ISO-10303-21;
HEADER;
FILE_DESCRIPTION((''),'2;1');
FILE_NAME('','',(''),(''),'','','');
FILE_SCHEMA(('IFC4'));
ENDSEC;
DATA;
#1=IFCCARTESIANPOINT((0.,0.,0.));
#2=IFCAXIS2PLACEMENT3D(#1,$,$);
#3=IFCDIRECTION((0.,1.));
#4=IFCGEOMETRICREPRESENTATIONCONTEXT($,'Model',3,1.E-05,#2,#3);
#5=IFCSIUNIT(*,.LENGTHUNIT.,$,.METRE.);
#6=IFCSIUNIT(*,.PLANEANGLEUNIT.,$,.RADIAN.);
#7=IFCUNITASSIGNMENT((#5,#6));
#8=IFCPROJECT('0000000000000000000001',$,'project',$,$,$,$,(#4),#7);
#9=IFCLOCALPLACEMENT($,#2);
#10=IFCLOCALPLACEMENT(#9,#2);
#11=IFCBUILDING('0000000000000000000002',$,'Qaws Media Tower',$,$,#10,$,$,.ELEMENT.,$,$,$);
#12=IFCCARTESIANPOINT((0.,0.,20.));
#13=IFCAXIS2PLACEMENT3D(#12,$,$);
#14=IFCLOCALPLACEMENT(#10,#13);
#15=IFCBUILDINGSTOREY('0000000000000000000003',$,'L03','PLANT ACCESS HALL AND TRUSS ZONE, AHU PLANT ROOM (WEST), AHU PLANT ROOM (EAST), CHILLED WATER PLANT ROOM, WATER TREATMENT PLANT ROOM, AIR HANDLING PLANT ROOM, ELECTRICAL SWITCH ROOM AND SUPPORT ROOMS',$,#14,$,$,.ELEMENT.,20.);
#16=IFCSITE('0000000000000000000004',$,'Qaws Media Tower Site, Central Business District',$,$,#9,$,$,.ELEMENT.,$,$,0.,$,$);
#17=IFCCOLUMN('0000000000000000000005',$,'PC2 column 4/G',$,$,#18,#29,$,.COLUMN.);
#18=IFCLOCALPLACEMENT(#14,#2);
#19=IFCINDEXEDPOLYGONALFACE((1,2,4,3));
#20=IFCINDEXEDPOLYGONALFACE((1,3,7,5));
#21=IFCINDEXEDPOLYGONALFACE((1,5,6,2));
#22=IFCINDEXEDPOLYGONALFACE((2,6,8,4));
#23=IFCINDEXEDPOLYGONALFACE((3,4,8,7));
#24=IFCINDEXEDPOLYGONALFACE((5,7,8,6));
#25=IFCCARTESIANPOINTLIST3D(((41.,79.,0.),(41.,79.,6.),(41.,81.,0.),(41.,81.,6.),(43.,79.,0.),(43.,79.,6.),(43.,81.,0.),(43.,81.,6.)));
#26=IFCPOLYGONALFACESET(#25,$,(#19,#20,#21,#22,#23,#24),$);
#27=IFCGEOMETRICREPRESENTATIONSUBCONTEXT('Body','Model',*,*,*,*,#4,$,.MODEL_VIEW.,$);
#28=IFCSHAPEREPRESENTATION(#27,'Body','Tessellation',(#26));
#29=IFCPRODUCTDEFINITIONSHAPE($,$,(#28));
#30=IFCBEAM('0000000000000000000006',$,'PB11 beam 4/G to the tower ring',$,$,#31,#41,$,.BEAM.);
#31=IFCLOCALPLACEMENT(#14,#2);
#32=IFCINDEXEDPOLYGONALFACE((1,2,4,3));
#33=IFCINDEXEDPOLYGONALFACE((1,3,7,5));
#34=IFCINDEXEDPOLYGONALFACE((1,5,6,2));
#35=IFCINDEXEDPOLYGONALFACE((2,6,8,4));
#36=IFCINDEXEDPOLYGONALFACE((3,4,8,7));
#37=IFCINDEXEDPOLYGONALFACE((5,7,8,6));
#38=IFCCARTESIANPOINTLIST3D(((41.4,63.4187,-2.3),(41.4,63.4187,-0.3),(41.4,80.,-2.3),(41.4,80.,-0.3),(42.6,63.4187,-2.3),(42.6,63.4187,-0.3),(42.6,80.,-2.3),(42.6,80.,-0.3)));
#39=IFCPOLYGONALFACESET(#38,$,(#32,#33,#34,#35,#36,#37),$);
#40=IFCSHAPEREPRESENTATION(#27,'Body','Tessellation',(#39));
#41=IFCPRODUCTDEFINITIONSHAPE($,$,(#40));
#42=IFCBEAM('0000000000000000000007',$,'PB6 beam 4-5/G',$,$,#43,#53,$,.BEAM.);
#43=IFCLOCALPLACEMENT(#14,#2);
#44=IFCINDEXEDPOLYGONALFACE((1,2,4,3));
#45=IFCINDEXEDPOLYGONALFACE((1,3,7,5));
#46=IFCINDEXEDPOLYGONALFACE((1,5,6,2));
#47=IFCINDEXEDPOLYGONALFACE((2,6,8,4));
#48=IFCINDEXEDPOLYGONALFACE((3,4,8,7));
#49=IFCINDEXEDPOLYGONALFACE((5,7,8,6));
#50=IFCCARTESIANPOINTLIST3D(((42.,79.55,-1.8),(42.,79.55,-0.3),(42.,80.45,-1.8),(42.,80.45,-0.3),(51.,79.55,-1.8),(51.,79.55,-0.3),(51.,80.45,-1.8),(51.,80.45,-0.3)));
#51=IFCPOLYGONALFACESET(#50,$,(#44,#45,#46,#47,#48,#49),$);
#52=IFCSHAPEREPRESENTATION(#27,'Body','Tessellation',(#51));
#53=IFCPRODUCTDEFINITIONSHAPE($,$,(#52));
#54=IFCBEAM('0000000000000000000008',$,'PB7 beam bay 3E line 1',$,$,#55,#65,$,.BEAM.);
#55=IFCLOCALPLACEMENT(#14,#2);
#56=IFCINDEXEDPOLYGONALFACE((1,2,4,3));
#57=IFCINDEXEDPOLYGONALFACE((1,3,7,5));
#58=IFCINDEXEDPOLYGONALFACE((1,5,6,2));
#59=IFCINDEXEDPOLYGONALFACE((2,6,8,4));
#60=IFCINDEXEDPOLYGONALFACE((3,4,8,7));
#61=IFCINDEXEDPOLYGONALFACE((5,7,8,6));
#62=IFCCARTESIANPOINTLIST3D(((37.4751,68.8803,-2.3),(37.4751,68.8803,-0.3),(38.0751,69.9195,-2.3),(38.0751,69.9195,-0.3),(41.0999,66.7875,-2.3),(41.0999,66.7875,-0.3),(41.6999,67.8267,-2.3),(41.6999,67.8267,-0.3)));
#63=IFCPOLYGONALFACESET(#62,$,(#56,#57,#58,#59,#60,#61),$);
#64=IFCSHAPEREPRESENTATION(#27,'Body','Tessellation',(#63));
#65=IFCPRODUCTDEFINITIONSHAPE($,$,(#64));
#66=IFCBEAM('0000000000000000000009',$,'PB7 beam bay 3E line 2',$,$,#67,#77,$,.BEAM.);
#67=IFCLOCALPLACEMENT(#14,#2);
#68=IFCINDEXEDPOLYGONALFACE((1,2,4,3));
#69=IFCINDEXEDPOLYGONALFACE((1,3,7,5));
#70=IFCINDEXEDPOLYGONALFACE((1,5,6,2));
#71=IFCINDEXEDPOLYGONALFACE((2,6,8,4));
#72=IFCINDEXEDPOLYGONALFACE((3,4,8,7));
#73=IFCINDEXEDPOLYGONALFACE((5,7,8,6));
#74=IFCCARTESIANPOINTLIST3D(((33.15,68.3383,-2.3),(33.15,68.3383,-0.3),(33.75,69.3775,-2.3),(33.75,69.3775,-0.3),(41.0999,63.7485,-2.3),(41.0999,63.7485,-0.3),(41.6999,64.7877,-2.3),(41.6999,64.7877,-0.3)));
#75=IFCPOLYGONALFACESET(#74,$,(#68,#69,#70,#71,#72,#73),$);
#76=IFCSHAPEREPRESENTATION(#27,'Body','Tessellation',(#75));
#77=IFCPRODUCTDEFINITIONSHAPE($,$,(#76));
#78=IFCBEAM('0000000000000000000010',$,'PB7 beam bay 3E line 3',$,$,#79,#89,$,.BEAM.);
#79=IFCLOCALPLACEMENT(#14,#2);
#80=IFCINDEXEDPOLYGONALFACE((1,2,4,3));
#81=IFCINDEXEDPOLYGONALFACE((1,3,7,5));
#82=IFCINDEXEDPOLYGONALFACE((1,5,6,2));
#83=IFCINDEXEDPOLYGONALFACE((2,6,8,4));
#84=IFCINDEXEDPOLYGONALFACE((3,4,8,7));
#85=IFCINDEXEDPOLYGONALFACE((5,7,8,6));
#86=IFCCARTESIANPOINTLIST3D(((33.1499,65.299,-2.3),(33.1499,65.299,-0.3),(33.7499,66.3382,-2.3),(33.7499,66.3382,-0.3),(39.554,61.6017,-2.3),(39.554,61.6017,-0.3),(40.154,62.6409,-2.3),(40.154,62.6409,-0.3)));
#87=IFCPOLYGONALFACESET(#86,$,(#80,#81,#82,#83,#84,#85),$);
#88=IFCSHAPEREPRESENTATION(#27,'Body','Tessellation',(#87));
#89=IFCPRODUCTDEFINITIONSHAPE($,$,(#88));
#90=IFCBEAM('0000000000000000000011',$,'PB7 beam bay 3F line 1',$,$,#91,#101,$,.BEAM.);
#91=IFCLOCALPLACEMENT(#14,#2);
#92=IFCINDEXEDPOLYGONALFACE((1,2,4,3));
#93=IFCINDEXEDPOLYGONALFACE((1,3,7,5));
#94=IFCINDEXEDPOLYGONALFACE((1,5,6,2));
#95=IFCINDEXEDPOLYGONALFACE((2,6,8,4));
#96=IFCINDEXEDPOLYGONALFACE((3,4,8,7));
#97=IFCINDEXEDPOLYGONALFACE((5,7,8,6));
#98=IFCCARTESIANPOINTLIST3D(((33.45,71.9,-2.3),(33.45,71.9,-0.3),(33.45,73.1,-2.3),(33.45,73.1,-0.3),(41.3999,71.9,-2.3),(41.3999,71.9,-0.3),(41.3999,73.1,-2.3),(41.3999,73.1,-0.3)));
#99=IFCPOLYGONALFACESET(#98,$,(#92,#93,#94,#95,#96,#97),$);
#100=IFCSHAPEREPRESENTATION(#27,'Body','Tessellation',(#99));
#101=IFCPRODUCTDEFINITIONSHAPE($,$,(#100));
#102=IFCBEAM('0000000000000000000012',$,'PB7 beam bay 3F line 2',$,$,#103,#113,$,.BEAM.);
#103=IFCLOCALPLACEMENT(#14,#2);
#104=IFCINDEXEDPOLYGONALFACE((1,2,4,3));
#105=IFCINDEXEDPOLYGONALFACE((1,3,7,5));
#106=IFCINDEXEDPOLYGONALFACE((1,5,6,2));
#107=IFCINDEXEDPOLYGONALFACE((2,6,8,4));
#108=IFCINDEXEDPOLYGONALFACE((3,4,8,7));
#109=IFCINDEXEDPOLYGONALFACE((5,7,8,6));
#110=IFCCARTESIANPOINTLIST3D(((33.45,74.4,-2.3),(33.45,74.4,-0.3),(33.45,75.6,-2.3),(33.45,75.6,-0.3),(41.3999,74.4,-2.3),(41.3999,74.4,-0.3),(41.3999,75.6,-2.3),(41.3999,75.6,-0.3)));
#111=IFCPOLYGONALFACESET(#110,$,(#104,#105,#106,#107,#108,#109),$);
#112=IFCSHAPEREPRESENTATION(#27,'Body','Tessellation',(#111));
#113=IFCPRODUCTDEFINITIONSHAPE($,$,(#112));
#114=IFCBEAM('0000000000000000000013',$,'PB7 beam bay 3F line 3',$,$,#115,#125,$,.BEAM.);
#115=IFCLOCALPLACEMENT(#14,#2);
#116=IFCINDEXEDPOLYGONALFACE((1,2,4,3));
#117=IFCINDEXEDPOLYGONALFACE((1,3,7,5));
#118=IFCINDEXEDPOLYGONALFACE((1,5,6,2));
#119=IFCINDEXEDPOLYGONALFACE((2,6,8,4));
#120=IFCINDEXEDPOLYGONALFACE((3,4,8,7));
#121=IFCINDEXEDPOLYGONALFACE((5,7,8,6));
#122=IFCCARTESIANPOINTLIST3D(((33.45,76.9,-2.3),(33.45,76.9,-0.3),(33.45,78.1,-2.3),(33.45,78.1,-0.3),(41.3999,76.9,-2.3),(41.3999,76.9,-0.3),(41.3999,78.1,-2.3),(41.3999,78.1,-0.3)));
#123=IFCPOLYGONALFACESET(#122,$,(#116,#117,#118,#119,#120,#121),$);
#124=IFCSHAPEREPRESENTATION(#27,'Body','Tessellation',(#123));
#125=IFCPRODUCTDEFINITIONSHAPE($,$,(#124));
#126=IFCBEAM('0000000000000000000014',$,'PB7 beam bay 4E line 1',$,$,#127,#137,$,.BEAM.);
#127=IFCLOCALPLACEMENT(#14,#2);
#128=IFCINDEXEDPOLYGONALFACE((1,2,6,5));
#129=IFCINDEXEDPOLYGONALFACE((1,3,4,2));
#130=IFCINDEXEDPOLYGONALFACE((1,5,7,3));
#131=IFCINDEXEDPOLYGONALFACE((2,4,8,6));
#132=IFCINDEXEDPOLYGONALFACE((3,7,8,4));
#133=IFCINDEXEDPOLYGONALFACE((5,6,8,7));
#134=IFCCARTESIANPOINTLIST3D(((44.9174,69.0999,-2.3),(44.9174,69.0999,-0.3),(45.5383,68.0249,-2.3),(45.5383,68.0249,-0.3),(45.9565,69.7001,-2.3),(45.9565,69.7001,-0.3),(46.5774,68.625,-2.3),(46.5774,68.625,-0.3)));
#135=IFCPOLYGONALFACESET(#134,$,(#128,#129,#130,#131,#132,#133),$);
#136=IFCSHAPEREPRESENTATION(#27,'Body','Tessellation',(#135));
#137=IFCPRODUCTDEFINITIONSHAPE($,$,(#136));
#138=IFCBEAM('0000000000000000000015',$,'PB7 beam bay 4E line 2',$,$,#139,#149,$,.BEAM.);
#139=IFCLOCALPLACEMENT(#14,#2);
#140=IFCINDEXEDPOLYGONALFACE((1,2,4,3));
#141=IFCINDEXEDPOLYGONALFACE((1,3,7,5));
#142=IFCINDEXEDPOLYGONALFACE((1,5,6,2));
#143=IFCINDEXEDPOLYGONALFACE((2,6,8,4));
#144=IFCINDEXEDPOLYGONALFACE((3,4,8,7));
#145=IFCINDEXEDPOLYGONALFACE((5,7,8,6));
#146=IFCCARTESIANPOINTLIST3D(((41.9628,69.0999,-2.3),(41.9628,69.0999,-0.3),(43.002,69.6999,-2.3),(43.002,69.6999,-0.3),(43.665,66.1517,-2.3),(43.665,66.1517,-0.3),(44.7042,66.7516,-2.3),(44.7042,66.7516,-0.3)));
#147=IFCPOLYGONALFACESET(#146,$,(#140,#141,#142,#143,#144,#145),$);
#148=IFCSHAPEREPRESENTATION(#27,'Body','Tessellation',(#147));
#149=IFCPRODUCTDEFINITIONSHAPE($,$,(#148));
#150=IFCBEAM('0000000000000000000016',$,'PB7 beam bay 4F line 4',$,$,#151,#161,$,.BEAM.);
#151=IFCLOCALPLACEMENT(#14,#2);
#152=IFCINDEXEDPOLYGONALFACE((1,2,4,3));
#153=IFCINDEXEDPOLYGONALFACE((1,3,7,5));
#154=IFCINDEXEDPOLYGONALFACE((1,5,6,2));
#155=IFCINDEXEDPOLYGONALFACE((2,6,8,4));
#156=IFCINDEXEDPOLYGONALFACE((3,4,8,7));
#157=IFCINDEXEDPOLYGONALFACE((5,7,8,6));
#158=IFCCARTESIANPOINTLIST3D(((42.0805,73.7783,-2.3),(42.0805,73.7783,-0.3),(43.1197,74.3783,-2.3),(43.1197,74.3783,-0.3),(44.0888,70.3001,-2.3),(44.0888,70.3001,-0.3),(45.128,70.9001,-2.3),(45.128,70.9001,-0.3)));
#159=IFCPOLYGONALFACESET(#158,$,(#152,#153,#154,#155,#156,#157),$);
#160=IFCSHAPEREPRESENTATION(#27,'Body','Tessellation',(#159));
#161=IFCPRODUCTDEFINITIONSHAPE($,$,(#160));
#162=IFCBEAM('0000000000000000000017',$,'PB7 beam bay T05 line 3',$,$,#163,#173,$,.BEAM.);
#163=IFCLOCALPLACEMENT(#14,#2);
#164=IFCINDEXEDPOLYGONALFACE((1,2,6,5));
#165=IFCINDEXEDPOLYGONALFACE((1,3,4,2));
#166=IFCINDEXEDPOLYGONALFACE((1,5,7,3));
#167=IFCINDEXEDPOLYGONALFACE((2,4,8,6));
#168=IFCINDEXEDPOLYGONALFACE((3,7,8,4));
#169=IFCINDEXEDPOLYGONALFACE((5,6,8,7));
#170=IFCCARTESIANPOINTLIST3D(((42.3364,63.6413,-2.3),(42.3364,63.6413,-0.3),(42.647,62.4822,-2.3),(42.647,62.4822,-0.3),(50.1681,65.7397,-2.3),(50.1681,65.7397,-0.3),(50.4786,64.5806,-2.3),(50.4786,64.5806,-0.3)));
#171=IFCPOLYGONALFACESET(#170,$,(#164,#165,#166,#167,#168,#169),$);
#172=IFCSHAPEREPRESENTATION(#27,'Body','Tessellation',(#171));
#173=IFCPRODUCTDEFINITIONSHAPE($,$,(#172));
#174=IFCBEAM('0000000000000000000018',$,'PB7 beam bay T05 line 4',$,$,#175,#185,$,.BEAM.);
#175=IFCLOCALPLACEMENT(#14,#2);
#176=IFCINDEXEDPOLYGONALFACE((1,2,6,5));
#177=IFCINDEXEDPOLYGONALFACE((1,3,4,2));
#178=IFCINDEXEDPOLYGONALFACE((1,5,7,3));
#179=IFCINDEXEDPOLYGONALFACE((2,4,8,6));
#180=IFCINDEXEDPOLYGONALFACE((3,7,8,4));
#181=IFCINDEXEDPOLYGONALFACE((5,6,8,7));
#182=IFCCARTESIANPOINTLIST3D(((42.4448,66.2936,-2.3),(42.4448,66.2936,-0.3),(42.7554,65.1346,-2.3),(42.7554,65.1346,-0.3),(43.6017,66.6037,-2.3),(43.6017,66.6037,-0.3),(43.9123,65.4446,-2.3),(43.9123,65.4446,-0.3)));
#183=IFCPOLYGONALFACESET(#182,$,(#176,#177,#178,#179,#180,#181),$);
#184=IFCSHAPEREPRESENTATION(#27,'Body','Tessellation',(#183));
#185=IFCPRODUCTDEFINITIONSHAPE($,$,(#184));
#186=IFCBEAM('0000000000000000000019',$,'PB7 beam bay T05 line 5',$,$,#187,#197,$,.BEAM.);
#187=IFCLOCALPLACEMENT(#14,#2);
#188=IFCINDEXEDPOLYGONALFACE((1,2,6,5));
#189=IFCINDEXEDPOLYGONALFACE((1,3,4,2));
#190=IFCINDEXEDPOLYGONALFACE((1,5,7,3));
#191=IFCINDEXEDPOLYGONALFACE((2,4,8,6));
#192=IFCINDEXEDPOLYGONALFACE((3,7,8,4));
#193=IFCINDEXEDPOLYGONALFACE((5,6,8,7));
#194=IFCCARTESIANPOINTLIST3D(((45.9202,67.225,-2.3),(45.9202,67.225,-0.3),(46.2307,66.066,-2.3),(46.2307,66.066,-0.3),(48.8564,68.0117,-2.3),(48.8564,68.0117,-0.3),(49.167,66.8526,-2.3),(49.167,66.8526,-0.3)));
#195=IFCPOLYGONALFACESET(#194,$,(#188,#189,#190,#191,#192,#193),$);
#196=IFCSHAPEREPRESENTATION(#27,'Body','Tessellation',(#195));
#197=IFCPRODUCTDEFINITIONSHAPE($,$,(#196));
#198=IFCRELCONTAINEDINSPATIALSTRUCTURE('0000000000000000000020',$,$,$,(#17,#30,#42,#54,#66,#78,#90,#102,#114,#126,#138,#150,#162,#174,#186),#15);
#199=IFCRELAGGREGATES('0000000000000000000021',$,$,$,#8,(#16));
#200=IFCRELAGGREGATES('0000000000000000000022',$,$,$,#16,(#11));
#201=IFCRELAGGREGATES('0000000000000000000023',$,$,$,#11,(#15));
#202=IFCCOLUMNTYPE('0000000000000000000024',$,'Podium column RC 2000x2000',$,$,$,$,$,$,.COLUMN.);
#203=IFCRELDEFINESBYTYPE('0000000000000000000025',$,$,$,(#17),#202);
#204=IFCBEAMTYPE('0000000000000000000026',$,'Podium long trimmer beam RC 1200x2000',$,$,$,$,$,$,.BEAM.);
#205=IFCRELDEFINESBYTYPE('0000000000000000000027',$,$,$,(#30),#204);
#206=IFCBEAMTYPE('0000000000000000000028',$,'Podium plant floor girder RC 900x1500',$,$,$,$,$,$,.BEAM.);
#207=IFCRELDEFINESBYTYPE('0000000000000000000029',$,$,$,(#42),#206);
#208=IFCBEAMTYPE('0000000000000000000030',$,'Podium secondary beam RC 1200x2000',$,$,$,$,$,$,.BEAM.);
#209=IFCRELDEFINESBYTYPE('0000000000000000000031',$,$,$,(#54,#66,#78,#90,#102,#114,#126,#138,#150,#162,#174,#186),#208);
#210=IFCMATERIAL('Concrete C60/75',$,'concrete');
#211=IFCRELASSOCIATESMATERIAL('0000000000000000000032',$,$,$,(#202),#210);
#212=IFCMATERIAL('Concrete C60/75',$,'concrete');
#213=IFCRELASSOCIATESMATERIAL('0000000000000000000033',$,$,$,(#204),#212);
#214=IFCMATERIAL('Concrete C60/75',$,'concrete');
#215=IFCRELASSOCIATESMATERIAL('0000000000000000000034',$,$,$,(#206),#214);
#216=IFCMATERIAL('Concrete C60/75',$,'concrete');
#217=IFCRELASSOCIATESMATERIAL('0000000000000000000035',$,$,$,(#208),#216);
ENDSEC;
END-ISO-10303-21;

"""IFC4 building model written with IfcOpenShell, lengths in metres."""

from ifc_helpers import new_model, si_unit, direction, frame, origin, origin_2d, place, context, subcontext, project, spatial, rectangle, extrude, material, material_profile, profile_set, type_object, element, save


model = new_model("IFC4")

# Units and contexts
model_context = context("Model", 3, precision=1e-05, world=origin(), true_north=direction((0.0, 1.0)))
body_context = subcontext(model_context, "Body", "Model", "MODEL_VIEW")
ifc_project = project(units=[si_unit("LENGTHUNIT", "METRE"), si_unit("PLANEANGLEUNIT", "RADIAN")], contexts=[model_context])

# Site, building, storey
site_placement = place(None, origin())
site = spatial("IfcSite", under=ifc_project, at=site_placement, Name="Qaws Media Tower Site, Central Business District", CompositionType="ELEMENT", RefElevation=0.0)
building_placement = place(site_placement, origin())
building = spatial("IfcBuilding", under=site, at=building_placement, Name="Qaws Media Tower", CompositionType="ELEMENT")
storey_placement = place(building_placement, frame((0.0, 0.0, 20.0)))
storey = spatial("IfcBuildingStorey", under=building, at=storey_placement, Name="L03", Description="PLANT ACCESS HALL AND TRUSS ZONE, AHU PLANT ROOM (WEST), AHU PLANT ROOM (EAST), CHILLED WATER PLANT ROOM, WATER TREATMENT PLANT ROOM, AIR HANDLING PLANT ROOM, ELECTRICAL SWITCH ROOM AND SUPPORT ROOMS", CompositionType="ELEMENT", Elevation=20.0)

# Column
ifc_material_1 = material(Name="Concrete C60/75", Category="concrete")
ifc_material_profile_1 = material_profile(ifc_material_1, rectangle(XDim=2.0, YDim=2.0, at=origin_2d()), Name="RC 2000x2000")
ifc_profile_set_1 = profile_set([ifc_material_profile_1], Name="Concrete C60/75")
column_type = type_object("IfcColumnType", Name="Podium column RC 2000x2000", PredefinedType="COLUMN", material=ifc_profile_set_1)
column_placement = place(storey_placement, frame((42.0, 80.0, 0.0), z_axis=(0.0, 0.0, 1.0), x_axis=(1.0, 0.0, 0.0)))
element("IfcColumn", 1, at=column_placement, inside=storey, type_object=column_type, Name="PC2 column 4/G", PredefinedType="COLUMN", context=body_context, shape_type="SweptSolid", body=[
    extrude(rectangle(XDim=2.0, YDim=2.0, at=origin_2d()), origin(), (0.0, 0.0, 1.0), 6.0),
])

# Beams
ifc_material_2 = material(Name="Concrete C60/75", Category="concrete")
ifc_material_profile_2 = material_profile(ifc_material_2, rectangle(XDim=1.2, YDim=2.0, at=origin_2d()), Name="RC 1200x2000")
ifc_profile_set_2 = profile_set([ifc_material_profile_2], Name="Concrete C60/75")
beam_type_1 = type_object("IfcBeamType", Name="Podium long trimmer beam RC 1200x2000", PredefinedType="BEAM", material=ifc_profile_set_2)
beam_1_placement = place(storey_placement, frame((42.0, 80.0, -1.3), z_axis=(0.0, -1.0, 0.0), x_axis=(1.0, 0.0, 0.0)))
element("IfcBeam", 2, at=beam_1_placement, inside=storey, type_object=beam_type_1, Name="PB11 beam 4/G to the tower ring", PredefinedType="BEAM", context=body_context, shape_type="SweptSolid", body=[
    extrude(rectangle(XDim=1.2, YDim=2.0, at=origin_2d()), origin(), (0.0, 0.0, 1.0), 16.5813),
])
ifc_material_3 = material(Name="Concrete C60/75", Category="concrete")
ifc_material_profile_3 = material_profile(ifc_material_3, rectangle(XDim=0.8999, YDim=1.5, at=origin_2d()), Name="RC 900x1500")
ifc_profile_set_3 = profile_set([ifc_material_profile_3], Name="Concrete C60/75")
beam_type_2 = type_object("IfcBeamType", Name="Podium plant floor girder RC 900x1500", PredefinedType="BEAM", material=ifc_profile_set_3)
beam_2_placement = place(storey_placement, frame((42.0, 80.0, -1.05), z_axis=(1.0, 0.0, 0.0), x_axis=(0.0, 1.0, 0.0)))
element("IfcBeam", 3, at=beam_2_placement, inside=storey, type_object=beam_type_2, Name="PB6 beam 4-5/G", PredefinedType="BEAM", context=body_context, shape_type="SweptSolid", body=[
    extrude(rectangle(XDim=0.8999, YDim=1.5, at=origin_2d()), origin(), (0.0, 0.0, 1.0), 9.0),
])
ifc_material_4 = material(Name="Concrete C60/75", Category="concrete")
ifc_material_profile_4 = material_profile(ifc_material_4, rectangle(XDim=1.2, YDim=2.0, at=origin_2d()), Name="RC 1200x2000")
ifc_profile_set_4 = profile_set([ifc_material_profile_4], Name="Concrete C60/75")
beam_type_3 = type_object("IfcBeamType", Name="Podium secondary beam RC 1200x2000", PredefinedType="BEAM", material=ifc_profile_set_4)
beam_3_placement = place(storey_placement, frame((41.3999, 67.3071, -1.3), z_axis=(-0.866023, 0.500004, 0.0), x_axis=(-0.500004, -0.866023, 0.0)))
element("IfcBeam", 4, at=beam_3_placement, inside=storey, type_object=beam_type_3, Name="PB7 beam bay 3E line 1", PredefinedType="BEAM", context=body_context, shape_type="SweptSolid", body=[
    extrude(rectangle(XDim=1.2, YDim=2.0, at=origin_2d()), origin(), (0.0, 0.0, 1.0), 4.1855),
])
beam_4_placement = place(storey_placement, frame((41.3999, 64.2681, -1.3), z_axis=(-0.866028, 0.499995, 0.0), x_axis=(-0.499995, -0.866028, 0.0)))
element("IfcBeam", 5, at=beam_4_placement, inside=storey, type_object=beam_type_3, Name="PB7 beam bay 3E line 2", PredefinedType="BEAM", context=body_context, shape_type="SweptSolid", body=[
    extrude(rectangle(XDim=1.2, YDim=2.0, at=origin_2d()), origin(), (0.0, 0.0, 1.0), 9.1797),
])
beam_5_placement = place(storey_placement, frame((39.854, 62.1213, -1.3), z_axis=(-0.866032, 0.499988, 0.0), x_axis=(-0.499988, -0.866032, 0.0)))
element("IfcBeam", 6, at=beam_5_placement, inside=storey, type_object=beam_type_3, Name="PB7 beam bay 3E line 3", PredefinedType="BEAM", context=body_context, shape_type="SweptSolid", body=[
    extrude(rectangle(XDim=1.2, YDim=2.0, at=origin_2d()), origin(), (0.0, 0.0, 1.0), 7.3948),
])
for number, where, z_axis, x_axis, name in (
    (7, (33.45, 72.5, -1.3), (1.0, 0.0, 0.0), (0.0, 1.0, 0.0), "PB7 beam bay 3F line 1"),
    (8, (33.45, 75.0, -1.3), (1.0, 0.0, 0.0), (0.0, 1.0, 0.0), "PB7 beam bay 3F line 2"),
    (9, (33.45, 77.5, -1.3), (1.0, 0.0, 0.0), (0.0, 1.0, 0.0), "PB7 beam bay 3F line 3"),
):
    element("IfcBeam", number, at=place(storey_placement, frame(where, z_axis=z_axis, x_axis=x_axis)), inside=storey, type_object=beam_type_3, Name=name, PredefinedType="BEAM", context=body_context, shape_type="SweptSolid", body=[
        extrude(rectangle(XDim=1.2, YDim=2.0, at=origin_2d()), origin(), (0.0, 0.0, 1.0), 7.95),
    ])
beam_6_placement = place(storey_placement, frame((46.0579, 68.325, -1.3), z_axis=(-0.500137, 0.865946, 0.0), x_axis=(-0.865946, -0.500137, 0.0)))
element("IfcBeam", 10, at=beam_6_placement, inside=storey, type_object=beam_type_3, Name="PB7 beam bay 4E line 1", PredefinedType="BEAM", context=body_context, shape_type="SweptSolid", body=[
    extrude(rectangle(XDim=1.2, YDim=2.0, at=origin_2d()), origin(), (0.0, 0.0, 1.0), 1.2415),
])
beam_7_placement = place(storey_placement, frame((44.1846, 66.4517, -1.3), z_axis=(-0.499996, 0.866028, 0.0), x_axis=(-0.866028, -0.499996, 0.0)))
element("IfcBeam", 11, at=beam_7_placement, inside=storey, type_object=beam_type_3, Name="PB7 beam bay 4E line 2", PredefinedType="BEAM", context=body_context, shape_type="SweptSolid", body=[
    extrude(rectangle(XDim=1.2, YDim=2.0, at=origin_2d()), origin(), (0.0, 0.0, 1.0), 3.4043),
])
beam_8_placement = place(storey_placement, frame((44.6084, 70.6001, -1.3), z_axis=(-0.500022, 0.866012, 0.0), x_axis=(-0.866012, -0.500022, 0.0)))
element("IfcBeam", 12, at=beam_8_placement, inside=storey, type_object=beam_type_3, Name="PB7 beam bay 4F line 4", PredefinedType="BEAM", context=body_context, shape_type="SweptSolid", body=[
    extrude(rectangle(XDim=1.2, YDim=2.0, at=origin_2d()), origin(), (0.0, 0.0, 1.0), 4.0164),
])
beam_9_placement = place(storey_placement, frame((42.4917, 63.0618, -1.3), z_axis=(0.96593, 0.258804, 0.0), x_axis=(-0.258804, 0.96593, 0.0)))
element("IfcBeam", 13, at=beam_9_placement, inside=storey, type_object=beam_type_3, Name="PB7 beam bay T05 line 3", PredefinedType="BEAM", context=body_context, shape_type="SweptSolid", body=[
    extrude(rectangle(XDim=1.2, YDim=2.0, at=origin_2d()), origin(), (0.0, 0.0, 1.0), 8.1079),
])
beam_10_placement = place(storey_placement, frame((42.6001, 65.7141, -1.3), z_axis=(0.965916, 0.258855, 0.0), x_axis=(-0.258855, 0.965916, 0.0)))
element("IfcBeam", 14, at=beam_10_placement, inside=storey, type_object=beam_type_3, Name="PB7 beam bay T05 line 4", PredefinedType="BEAM", context=body_context, shape_type="SweptSolid", body=[
    extrude(rectangle(XDim=1.2, YDim=2.0, at=origin_2d()), origin(), (0.0, 0.0, 1.0), 1.1978),
])
beam_11_placement = place(storey_placement, frame((46.0754, 66.6455, -1.3), z_axis=(0.965938, 0.258772, 0.0), x_axis=(-0.258772, 0.965938, 0.0)))
element("IfcBeam", 15, at=beam_11_placement, inside=storey, type_object=beam_type_3, Name="PB7 beam bay T05 line 5", PredefinedType="BEAM", context=body_context, shape_type="SweptSolid", body=[
    extrude(rectangle(XDim=1.2, YDim=2.0, at=origin_2d()), origin(), (0.0, 0.0, 1.0), 3.0398),
])

save(model, "model.ifc")
